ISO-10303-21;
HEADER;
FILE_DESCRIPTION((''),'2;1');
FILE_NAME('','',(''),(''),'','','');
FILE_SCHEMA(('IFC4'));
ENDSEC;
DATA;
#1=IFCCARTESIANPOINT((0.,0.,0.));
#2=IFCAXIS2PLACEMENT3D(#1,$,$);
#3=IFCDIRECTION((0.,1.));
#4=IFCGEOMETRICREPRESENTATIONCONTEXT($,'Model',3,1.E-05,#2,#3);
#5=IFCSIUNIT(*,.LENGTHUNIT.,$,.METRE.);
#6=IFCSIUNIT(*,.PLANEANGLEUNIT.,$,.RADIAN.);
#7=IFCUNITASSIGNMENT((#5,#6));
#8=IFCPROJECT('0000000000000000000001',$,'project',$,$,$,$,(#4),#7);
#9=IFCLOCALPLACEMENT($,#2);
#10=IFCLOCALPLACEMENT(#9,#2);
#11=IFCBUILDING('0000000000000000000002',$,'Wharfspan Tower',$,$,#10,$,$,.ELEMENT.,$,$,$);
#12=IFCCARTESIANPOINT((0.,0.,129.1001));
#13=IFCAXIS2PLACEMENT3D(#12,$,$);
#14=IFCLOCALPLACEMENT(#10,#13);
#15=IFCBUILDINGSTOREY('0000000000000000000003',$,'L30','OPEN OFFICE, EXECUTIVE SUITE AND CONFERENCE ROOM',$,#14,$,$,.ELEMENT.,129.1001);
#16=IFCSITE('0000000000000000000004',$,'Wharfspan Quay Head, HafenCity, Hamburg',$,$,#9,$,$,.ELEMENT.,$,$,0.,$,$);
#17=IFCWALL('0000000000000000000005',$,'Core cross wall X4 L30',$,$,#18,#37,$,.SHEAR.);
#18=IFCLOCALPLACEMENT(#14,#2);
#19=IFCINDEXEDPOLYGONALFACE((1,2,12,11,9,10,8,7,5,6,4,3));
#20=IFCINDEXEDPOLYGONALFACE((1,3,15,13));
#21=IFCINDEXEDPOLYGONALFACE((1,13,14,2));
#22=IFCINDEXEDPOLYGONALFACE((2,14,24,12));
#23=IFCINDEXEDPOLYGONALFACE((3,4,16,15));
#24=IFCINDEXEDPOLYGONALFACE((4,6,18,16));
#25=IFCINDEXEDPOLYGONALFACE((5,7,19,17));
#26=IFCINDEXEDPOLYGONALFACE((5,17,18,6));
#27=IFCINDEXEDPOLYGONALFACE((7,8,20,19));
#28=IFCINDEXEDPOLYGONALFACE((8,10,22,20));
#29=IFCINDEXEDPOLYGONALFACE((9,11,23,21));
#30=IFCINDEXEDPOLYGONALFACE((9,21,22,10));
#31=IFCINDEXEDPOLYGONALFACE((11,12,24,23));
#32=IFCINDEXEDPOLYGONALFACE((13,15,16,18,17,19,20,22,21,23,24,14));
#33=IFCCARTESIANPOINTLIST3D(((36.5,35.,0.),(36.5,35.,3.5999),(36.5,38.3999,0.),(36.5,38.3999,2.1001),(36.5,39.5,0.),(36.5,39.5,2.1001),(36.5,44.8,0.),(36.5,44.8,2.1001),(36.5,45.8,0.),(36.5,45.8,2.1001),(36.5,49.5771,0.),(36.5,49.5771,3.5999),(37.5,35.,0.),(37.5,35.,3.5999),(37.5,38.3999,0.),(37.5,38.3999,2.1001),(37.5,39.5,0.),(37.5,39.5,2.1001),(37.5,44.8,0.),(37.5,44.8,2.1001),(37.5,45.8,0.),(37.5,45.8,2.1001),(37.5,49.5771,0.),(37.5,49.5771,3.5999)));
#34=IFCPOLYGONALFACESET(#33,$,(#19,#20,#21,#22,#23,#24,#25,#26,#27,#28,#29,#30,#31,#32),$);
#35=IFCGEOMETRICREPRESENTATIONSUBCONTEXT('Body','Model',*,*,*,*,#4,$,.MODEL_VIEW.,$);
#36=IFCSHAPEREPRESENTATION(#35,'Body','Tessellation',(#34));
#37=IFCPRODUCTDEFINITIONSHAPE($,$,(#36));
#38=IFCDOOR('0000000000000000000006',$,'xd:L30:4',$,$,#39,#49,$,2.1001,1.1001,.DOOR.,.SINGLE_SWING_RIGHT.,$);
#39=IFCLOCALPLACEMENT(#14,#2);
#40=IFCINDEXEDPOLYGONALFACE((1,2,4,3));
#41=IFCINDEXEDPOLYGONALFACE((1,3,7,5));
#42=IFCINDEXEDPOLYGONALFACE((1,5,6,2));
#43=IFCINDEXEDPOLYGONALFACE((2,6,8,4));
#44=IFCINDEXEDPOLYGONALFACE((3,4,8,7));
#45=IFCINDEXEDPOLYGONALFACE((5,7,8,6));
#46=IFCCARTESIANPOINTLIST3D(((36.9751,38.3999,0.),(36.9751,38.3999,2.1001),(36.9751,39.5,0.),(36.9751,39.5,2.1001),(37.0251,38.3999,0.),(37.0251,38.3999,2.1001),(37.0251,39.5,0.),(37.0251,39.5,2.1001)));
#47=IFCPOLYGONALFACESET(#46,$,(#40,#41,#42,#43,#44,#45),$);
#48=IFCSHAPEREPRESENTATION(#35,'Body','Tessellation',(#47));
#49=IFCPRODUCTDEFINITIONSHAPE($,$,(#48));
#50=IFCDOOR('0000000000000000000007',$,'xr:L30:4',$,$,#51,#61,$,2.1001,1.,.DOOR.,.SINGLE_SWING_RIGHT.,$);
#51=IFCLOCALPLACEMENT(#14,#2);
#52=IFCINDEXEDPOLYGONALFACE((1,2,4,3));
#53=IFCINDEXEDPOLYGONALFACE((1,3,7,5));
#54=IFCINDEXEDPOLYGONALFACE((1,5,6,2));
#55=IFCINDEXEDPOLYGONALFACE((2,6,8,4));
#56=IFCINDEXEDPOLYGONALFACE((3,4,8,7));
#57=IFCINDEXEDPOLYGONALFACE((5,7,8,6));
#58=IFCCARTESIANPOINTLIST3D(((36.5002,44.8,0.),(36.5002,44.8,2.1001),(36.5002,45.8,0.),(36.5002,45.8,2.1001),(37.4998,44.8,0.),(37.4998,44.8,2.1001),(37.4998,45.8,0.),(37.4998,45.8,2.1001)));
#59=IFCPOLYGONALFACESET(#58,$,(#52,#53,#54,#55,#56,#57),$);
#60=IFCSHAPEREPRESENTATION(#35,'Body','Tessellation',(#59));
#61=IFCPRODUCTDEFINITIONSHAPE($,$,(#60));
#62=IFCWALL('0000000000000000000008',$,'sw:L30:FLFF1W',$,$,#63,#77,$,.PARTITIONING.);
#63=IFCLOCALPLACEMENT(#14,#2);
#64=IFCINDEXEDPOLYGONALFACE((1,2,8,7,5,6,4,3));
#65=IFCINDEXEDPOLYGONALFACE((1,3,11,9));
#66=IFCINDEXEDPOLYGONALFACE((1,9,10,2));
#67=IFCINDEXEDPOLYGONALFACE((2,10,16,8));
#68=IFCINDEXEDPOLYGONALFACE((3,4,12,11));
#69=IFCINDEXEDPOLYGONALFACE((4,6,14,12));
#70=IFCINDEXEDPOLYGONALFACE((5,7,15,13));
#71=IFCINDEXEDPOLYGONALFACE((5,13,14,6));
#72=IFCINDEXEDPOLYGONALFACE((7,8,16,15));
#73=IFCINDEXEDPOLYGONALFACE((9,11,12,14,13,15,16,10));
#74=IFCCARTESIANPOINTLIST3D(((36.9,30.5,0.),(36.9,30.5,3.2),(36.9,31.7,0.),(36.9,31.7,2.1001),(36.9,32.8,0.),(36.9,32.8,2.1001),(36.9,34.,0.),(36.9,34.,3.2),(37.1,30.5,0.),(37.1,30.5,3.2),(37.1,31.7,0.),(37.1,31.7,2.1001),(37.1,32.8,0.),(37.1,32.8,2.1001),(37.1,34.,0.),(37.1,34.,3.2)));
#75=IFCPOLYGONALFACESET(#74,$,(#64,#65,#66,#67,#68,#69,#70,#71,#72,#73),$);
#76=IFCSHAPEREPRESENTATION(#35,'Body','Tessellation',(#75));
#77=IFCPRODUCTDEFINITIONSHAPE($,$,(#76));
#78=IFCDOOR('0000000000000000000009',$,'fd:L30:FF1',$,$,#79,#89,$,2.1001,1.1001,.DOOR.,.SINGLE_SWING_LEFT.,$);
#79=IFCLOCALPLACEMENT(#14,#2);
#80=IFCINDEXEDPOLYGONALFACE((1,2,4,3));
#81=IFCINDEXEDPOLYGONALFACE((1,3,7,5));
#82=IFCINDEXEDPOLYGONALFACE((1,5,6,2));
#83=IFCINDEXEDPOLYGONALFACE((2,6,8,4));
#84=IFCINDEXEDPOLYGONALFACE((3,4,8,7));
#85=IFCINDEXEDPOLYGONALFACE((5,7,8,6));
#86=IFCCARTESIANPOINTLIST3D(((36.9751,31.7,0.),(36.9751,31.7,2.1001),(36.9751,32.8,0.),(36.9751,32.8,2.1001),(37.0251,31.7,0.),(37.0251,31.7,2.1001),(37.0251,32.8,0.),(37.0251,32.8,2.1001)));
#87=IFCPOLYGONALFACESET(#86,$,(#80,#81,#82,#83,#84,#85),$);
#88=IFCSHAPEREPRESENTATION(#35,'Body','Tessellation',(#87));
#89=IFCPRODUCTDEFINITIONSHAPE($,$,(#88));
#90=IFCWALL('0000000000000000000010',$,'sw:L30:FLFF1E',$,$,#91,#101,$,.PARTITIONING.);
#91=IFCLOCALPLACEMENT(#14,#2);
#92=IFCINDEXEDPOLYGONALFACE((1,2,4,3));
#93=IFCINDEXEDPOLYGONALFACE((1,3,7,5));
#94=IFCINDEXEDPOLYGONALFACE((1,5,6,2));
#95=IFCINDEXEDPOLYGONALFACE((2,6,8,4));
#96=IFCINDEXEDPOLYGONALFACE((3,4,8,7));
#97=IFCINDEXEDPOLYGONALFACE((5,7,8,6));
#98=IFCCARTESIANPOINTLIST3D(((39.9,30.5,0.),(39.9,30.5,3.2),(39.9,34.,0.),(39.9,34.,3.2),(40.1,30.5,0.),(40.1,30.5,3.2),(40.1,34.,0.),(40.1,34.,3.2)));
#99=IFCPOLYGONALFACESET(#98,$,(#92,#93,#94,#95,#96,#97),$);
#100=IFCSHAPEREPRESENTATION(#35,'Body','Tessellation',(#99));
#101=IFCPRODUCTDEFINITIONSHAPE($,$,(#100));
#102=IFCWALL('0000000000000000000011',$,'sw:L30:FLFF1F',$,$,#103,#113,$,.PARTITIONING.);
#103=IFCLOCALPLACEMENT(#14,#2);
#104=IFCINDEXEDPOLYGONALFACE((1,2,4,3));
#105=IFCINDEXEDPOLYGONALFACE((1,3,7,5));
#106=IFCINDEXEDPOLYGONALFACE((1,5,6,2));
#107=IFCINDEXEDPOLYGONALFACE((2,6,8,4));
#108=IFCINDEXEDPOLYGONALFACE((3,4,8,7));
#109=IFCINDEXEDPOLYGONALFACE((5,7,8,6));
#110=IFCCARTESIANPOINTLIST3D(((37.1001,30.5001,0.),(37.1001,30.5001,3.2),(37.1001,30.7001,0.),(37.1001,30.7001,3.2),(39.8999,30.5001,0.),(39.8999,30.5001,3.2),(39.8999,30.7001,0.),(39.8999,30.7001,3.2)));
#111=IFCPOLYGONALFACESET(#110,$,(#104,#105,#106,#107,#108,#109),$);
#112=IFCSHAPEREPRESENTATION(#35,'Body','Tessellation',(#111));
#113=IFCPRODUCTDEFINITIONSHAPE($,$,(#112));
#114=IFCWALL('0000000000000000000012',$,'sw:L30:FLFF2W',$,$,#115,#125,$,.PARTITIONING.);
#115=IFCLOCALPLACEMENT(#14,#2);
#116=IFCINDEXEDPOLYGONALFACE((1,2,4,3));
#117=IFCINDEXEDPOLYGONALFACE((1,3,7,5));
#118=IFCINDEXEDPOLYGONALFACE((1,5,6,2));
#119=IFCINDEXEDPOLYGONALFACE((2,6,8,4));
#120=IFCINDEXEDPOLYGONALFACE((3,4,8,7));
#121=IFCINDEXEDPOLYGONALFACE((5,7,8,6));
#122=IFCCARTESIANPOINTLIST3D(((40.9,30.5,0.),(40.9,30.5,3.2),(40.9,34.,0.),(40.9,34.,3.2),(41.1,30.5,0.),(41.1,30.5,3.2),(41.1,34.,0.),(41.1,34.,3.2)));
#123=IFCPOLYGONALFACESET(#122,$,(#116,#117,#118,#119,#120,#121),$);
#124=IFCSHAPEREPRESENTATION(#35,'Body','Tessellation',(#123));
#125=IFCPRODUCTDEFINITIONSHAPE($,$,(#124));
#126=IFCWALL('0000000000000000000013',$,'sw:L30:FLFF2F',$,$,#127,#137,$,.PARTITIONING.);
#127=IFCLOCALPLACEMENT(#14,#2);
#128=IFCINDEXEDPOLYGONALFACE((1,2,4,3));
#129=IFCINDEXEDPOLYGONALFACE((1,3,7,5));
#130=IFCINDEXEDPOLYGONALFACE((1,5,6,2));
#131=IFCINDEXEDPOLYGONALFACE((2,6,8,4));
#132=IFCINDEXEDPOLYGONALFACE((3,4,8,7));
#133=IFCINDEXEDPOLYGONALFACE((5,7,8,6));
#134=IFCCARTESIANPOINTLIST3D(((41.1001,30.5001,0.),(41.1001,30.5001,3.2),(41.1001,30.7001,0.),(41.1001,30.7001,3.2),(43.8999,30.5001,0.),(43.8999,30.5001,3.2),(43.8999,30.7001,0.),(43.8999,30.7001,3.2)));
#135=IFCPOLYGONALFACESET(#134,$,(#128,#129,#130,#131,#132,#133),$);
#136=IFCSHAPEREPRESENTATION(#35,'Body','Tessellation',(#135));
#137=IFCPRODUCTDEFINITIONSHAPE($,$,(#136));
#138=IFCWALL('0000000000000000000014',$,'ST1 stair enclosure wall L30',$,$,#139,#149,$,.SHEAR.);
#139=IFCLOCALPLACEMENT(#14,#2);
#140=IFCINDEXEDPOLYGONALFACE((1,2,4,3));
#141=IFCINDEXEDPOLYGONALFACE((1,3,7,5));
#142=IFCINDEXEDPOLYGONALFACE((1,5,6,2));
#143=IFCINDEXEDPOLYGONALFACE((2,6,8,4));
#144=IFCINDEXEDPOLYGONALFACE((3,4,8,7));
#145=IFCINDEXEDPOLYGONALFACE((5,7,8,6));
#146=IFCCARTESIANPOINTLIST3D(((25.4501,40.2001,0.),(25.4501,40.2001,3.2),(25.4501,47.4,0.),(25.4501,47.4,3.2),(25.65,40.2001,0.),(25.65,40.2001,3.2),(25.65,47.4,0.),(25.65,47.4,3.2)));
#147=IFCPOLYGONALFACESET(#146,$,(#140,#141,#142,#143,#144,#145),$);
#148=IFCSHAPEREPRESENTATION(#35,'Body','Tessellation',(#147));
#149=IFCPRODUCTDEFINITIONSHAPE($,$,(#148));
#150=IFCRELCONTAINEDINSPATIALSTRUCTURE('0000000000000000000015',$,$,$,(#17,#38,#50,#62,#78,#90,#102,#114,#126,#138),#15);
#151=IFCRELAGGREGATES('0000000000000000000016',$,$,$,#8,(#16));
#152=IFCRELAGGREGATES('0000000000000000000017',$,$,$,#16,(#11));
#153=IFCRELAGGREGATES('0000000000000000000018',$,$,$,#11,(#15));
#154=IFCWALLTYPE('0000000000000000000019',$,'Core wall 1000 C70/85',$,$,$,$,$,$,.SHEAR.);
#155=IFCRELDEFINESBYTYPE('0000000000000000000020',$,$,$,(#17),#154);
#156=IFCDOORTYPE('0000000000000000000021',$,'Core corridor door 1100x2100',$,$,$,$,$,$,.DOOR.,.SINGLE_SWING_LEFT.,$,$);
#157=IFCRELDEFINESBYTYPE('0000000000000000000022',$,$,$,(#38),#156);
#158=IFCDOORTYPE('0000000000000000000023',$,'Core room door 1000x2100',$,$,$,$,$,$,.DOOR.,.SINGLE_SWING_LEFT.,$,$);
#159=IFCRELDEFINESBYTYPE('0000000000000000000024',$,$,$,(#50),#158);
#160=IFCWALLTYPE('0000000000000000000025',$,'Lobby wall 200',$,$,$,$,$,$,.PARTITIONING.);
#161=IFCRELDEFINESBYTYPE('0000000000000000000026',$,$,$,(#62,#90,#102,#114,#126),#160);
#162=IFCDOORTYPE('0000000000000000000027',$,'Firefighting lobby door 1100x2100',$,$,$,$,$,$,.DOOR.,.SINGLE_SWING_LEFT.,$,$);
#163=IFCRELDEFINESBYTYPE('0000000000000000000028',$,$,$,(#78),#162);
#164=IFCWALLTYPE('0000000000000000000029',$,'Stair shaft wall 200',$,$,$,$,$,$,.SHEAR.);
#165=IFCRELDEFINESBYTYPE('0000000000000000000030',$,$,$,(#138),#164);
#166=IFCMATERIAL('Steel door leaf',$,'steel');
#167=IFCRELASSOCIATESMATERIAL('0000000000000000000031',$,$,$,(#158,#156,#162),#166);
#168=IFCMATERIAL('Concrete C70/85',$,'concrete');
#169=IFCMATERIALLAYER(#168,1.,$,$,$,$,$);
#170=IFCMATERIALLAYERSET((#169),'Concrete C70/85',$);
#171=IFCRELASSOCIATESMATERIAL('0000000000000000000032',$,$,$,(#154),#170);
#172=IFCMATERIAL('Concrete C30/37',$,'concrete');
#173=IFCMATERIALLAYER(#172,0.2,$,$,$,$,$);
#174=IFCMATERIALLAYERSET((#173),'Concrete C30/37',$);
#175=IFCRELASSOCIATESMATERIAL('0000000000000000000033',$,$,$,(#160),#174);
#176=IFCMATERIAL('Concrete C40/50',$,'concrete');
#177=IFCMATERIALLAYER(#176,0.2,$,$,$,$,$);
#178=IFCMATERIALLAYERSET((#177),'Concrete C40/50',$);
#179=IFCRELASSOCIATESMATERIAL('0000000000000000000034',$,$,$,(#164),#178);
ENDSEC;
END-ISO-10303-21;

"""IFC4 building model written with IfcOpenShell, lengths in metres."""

from ifc_helpers import new_model, si_unit, direction, frame, frame_2d, origin, place, context, subcontext, project, spatial, rectangle, extrude, material, layer, layer_set, type_object, element, fill, save


model = new_model("IFC4")

# Units and contexts
model_context = context("Model", 3, precision=1e-05, world=origin(), true_north=direction((0.0, 1.0)))
body_context = subcontext(model_context, "Body", "Model", "MODEL_VIEW")
ifc_project = project(units=[si_unit("LENGTHUNIT", "METRE"), si_unit("PLANEANGLEUNIT", "RADIAN")], contexts=[model_context])

# Site, building, storey
site_placement = place(None, origin())
site = spatial("IfcSite", under=ifc_project, at=site_placement, Name="Wharfspan Quay Head, HafenCity, Hamburg", CompositionType="ELEMENT", RefElevation=0.0)
building_placement = place(site_placement, origin())
building = spatial("IfcBuilding", under=site, at=building_placement, Name="Wharfspan Tower", CompositionType="ELEMENT")
storey_placement = place(building_placement, frame((0.0, 0.0, 129.1001)))
storey = spatial("IfcBuildingStorey", under=building, at=storey_placement, Name="L30", Description="OPEN OFFICE, EXECUTIVE SUITE AND CONFERENCE ROOM", CompositionType="ELEMENT", Elevation=129.1001)

# Shared definitions
ifc_material_1 = material(Name="Steel door leaf", Category="steel")
door_type_1 = type_object("IfcDoorType", Name="Core room door 1000x2100", OperationType="SINGLE_SWING_LEFT", PredefinedType="DOOR", material=ifc_material_1)
ifc_material_2 = material(Name="Concrete C70/85", Category="concrete")
ifc_layer_1 = layer(ifc_material_2, 1.0)
ifc_layer_set_1 = layer_set([ifc_layer_1], Name="Concrete C70/85")
wall_type_1 = type_object("IfcWallType", Name="Core wall 1000 C70/85", PredefinedType="SHEAR", material=ifc_layer_set_1)
door_type_2 = type_object("IfcDoorType", Name="Core corridor door 1100x2100", OperationType="SINGLE_SWING_LEFT", PredefinedType="DOOR", material=ifc_material_1)

# Wall, openings, doors
wall_1_placement = place(storey_placement, frame((37.0, 35.0, 0.0), z_axis=(0.0, 0.0, 1.0), x_axis=(0.0, 1.0, 0.0)))
wall_1 = element("IfcWall", 1, at=wall_1_placement, inside=storey, type_object=wall_type_1, Name="Core cross wall X4 L30", PredefinedType="SHEAR", context=body_context, shape_type="SweptSolid", body=[
    extrude(rectangle(XDim=14.5771, YDim=1.0, at=frame_2d((7.2886, 0.0))), origin(), (0.0, 0.0, 1.0), 3.5999),
])
opening_1_placement = place(wall_1_placement, frame((3.3999, 0.0, 0.0)))
opening_1 = element("IfcOpeningElement", 2, at=opening_1_placement, cuts=wall_1, PredefinedType="OPENING", context=body_context, shape_type="SweptSolid", body=[
    extrude(rectangle(XDim=1.1001, YDim=2.1001, at=frame_2d((0.55, 1.05))), frame((0.0, 0.51, 0.0), z_axis=(0.0, -1.0, 0.0), x_axis=(1.0, 0.0, 0.0)), (0.0, 0.0, 1.0), 1.02),
])
opening_2_placement = place(wall_1_placement, frame((9.8, 0.0, 0.0)))
opening_2 = element("IfcOpeningElement", 3, at=opening_2_placement, cuts=wall_1, PredefinedType="OPENING", context=body_context, shape_type="SweptSolid", body=[
    extrude(rectangle(XDim=1.0, YDim=2.1001, at=frame_2d((0.5, 1.05))), frame((0.0, 0.51, 0.0), z_axis=(0.0, -1.0, 0.0), x_axis=(1.0, 0.0, 0.0)), (0.0, 0.0, 1.0), 1.02),
])
door_1_placement = place(opening_1_placement, origin())
door_1 = element("IfcDoor", 4, at=door_1_placement, inside=storey, type_object=door_type_2, Name="xd:L30:4", OperationType="SINGLE_SWING_RIGHT", OverallHeight=2.1001, OverallWidth=1.1001, PredefinedType="DOOR", context=body_context, shape_type="SweptSolid", body=[
    extrude(rectangle(XDim=1.1001, YDim=2.1001, at=frame_2d((0.55, 1.05))), frame((0.0, 0.0249, 0.0), z_axis=(0.0, -1.0, 0.0), x_axis=(1.0, 0.0, 0.0)), (0.0, 0.0, 1.0), 0.05),
])
fill(opening_1, door_1)
door_2_placement = place(opening_2_placement, origin())
door_2 = element("IfcDoor", 5, at=door_2_placement, inside=storey, type_object=door_type_1, Name="xr:L30:4", OperationType="SINGLE_SWING_RIGHT", OverallHeight=2.1001, OverallWidth=1.0, PredefinedType="DOOR", context=body_context, shape_type="SweptSolid", body=[
    extrude(rectangle(XDim=1.0, YDim=2.1001, at=frame_2d((0.5, 1.05))), frame((0.0, 0.4998, 0.0), z_axis=(0.0, -1.0, 0.0), x_axis=(1.0, 0.0, 0.0)), (0.0, 0.0, 1.0), 0.9995),
])
fill(opening_2, door_2)

# Wall, opening, door
ifc_material_3 = material(Name="Concrete C30/37", Category="concrete")
ifc_layer_2 = layer(ifc_material_3, 0.2)
ifc_layer_set_2 = layer_set([ifc_layer_2], Name="Concrete C30/37")
wall_type_2 = type_object("IfcWallType", Name="Lobby wall 200", PredefinedType="PARTITIONING", material=ifc_layer_set_2)
wall_2_placement = place(storey_placement, frame((37.0, 30.5, 0.0), z_axis=(0.0, 0.0, 1.0), x_axis=(0.0, 1.0, 0.0)))
wall_2 = element("IfcWall", 6, at=wall_2_placement, inside=storey, type_object=wall_type_2, Name="sw:L30:FLFF1W", PredefinedType="PARTITIONING", context=body_context, shape_type="SweptSolid", body=[
    extrude(rectangle(XDim=3.5, YDim=0.2, at=frame_2d((1.75, 0.0))), origin(), (0.0, 0.0, 1.0), 3.2),
])
opening_3_placement = place(wall_2_placement, frame((1.2, 0.0, 0.0)))
opening_3 = element("IfcOpeningElement", 7, at=opening_3_placement, cuts=wall_2, PredefinedType="OPENING", context=body_context, shape_type="SweptSolid", body=[
    extrude(rectangle(XDim=1.1001, YDim=2.1001, at=frame_2d((0.55, 1.05))), frame((0.0, 0.1099, 0.0), z_axis=(0.0, -1.0, 0.0), x_axis=(1.0, 0.0, 0.0)), (0.0, 0.0, 1.0), 0.22),
])
door_type_3 = type_object("IfcDoorType", Name="Firefighting lobby door 1100x2100", OperationType="SINGLE_SWING_LEFT", PredefinedType="DOOR", material=ifc_material_1)
door_3_placement = place(opening_3_placement, origin())
door_3 = element("IfcDoor", 8, at=door_3_placement, inside=storey, type_object=door_type_3, Name="fd:L30:FF1", OperationType="SINGLE_SWING_LEFT", OverallHeight=2.1001, OverallWidth=1.1001, PredefinedType="DOOR", context=body_context, shape_type="SweptSolid", body=[
    extrude(rectangle(XDim=1.1001, YDim=2.1001, at=frame_2d((0.55, 1.05))), frame((0.0, 0.0249, 0.0), z_axis=(0.0, -1.0, 0.0), x_axis=(1.0, 0.0, 0.0)), (0.0, 0.0, 1.0), 0.05),
])
fill(opening_3, door_3)

# Walls
wall_3_placement = place(storey_placement, frame((40.0, 30.5, 0.0), z_axis=(0.0, 0.0, 1.0), x_axis=(0.0, 1.0, 0.0)))
element("IfcWall", 9, at=wall_3_placement, inside=storey, type_object=wall_type_2, Name="sw:L30:FLFF1E", PredefinedType="PARTITIONING", context=body_context, shape_type="SweptSolid", body=[
    extrude(rectangle(XDim=3.5, YDim=0.2, at=frame_2d((1.75, 0.0))), origin(), (0.0, 0.0, 1.0), 3.2),
])
wall_4_placement = place(storey_placement, frame((37.1001, 30.6001, 0.0), z_axis=(0.0, 0.0, 1.0), x_axis=(1.0, 0.0, 0.0)))
element("IfcWall", 10, at=wall_4_placement, inside=storey, type_object=wall_type_2, Name="sw:L30:FLFF1F", PredefinedType="PARTITIONING", context=body_context, shape_type="SweptSolid", body=[
    extrude(rectangle(XDim=2.7998, YDim=0.2, at=frame_2d((1.3999, 0.0))), origin(), (0.0, 0.0, 1.0), 3.2),
])
wall_5_placement = place(storey_placement, frame((41.0, 30.5, 0.0), z_axis=(0.0, 0.0, 1.0), x_axis=(0.0, 1.0, 0.0)))
element("IfcWall", 11, at=wall_5_placement, inside=storey, type_object=wall_type_2, Name="sw:L30:FLFF2W", PredefinedType="PARTITIONING", context=body_context, shape_type="SweptSolid", body=[
    extrude(rectangle(XDim=3.5, YDim=0.2, at=frame_2d((1.75, 0.0))), origin(), (0.0, 0.0, 1.0), 3.2),
])
wall_6_placement = place(storey_placement, frame((41.1001, 30.6001, 0.0), z_axis=(0.0, 0.0, 1.0), x_axis=(1.0, 0.0, 0.0)))
element("IfcWall", 12, at=wall_6_placement, inside=storey, type_object=wall_type_2, Name="sw:L30:FLFF2F", PredefinedType="PARTITIONING", context=body_context, shape_type="SweptSolid", body=[
    extrude(rectangle(XDim=2.7998, YDim=0.2, at=frame_2d((1.3999, 0.0))), origin(), (0.0, 0.0, 1.0), 3.2),
])
ifc_material_4 = material(Name="Concrete C40/50", Category="concrete")
ifc_layer_3 = layer(ifc_material_4, 0.2)
ifc_layer_set_3 = layer_set([ifc_layer_3], Name="Concrete C40/50")
wall_type_3 = type_object("IfcWallType", Name="Stair shaft wall 200", PredefinedType="SHEAR", material=ifc_layer_set_3)
wall_7_placement = place(storey_placement, frame((25.55, 40.2, 0.0), z_axis=(0.0, 0.0, 1.0), x_axis=(0.0, 1.0, 0.0)))
element("IfcWall", 13, at=wall_7_placement, inside=storey, type_object=wall_type_3, Name="ST1 stair enclosure wall L30", PredefinedType="SHEAR", context=body_context, shape_type="SweptSolid", body=[
    extrude(rectangle(XDim=7.2, YDim=0.2, at=frame_2d((3.6001, 0.0))), origin(), (0.0, 0.0, 1.0), 3.2),
])

save(model, "model.ifc")
